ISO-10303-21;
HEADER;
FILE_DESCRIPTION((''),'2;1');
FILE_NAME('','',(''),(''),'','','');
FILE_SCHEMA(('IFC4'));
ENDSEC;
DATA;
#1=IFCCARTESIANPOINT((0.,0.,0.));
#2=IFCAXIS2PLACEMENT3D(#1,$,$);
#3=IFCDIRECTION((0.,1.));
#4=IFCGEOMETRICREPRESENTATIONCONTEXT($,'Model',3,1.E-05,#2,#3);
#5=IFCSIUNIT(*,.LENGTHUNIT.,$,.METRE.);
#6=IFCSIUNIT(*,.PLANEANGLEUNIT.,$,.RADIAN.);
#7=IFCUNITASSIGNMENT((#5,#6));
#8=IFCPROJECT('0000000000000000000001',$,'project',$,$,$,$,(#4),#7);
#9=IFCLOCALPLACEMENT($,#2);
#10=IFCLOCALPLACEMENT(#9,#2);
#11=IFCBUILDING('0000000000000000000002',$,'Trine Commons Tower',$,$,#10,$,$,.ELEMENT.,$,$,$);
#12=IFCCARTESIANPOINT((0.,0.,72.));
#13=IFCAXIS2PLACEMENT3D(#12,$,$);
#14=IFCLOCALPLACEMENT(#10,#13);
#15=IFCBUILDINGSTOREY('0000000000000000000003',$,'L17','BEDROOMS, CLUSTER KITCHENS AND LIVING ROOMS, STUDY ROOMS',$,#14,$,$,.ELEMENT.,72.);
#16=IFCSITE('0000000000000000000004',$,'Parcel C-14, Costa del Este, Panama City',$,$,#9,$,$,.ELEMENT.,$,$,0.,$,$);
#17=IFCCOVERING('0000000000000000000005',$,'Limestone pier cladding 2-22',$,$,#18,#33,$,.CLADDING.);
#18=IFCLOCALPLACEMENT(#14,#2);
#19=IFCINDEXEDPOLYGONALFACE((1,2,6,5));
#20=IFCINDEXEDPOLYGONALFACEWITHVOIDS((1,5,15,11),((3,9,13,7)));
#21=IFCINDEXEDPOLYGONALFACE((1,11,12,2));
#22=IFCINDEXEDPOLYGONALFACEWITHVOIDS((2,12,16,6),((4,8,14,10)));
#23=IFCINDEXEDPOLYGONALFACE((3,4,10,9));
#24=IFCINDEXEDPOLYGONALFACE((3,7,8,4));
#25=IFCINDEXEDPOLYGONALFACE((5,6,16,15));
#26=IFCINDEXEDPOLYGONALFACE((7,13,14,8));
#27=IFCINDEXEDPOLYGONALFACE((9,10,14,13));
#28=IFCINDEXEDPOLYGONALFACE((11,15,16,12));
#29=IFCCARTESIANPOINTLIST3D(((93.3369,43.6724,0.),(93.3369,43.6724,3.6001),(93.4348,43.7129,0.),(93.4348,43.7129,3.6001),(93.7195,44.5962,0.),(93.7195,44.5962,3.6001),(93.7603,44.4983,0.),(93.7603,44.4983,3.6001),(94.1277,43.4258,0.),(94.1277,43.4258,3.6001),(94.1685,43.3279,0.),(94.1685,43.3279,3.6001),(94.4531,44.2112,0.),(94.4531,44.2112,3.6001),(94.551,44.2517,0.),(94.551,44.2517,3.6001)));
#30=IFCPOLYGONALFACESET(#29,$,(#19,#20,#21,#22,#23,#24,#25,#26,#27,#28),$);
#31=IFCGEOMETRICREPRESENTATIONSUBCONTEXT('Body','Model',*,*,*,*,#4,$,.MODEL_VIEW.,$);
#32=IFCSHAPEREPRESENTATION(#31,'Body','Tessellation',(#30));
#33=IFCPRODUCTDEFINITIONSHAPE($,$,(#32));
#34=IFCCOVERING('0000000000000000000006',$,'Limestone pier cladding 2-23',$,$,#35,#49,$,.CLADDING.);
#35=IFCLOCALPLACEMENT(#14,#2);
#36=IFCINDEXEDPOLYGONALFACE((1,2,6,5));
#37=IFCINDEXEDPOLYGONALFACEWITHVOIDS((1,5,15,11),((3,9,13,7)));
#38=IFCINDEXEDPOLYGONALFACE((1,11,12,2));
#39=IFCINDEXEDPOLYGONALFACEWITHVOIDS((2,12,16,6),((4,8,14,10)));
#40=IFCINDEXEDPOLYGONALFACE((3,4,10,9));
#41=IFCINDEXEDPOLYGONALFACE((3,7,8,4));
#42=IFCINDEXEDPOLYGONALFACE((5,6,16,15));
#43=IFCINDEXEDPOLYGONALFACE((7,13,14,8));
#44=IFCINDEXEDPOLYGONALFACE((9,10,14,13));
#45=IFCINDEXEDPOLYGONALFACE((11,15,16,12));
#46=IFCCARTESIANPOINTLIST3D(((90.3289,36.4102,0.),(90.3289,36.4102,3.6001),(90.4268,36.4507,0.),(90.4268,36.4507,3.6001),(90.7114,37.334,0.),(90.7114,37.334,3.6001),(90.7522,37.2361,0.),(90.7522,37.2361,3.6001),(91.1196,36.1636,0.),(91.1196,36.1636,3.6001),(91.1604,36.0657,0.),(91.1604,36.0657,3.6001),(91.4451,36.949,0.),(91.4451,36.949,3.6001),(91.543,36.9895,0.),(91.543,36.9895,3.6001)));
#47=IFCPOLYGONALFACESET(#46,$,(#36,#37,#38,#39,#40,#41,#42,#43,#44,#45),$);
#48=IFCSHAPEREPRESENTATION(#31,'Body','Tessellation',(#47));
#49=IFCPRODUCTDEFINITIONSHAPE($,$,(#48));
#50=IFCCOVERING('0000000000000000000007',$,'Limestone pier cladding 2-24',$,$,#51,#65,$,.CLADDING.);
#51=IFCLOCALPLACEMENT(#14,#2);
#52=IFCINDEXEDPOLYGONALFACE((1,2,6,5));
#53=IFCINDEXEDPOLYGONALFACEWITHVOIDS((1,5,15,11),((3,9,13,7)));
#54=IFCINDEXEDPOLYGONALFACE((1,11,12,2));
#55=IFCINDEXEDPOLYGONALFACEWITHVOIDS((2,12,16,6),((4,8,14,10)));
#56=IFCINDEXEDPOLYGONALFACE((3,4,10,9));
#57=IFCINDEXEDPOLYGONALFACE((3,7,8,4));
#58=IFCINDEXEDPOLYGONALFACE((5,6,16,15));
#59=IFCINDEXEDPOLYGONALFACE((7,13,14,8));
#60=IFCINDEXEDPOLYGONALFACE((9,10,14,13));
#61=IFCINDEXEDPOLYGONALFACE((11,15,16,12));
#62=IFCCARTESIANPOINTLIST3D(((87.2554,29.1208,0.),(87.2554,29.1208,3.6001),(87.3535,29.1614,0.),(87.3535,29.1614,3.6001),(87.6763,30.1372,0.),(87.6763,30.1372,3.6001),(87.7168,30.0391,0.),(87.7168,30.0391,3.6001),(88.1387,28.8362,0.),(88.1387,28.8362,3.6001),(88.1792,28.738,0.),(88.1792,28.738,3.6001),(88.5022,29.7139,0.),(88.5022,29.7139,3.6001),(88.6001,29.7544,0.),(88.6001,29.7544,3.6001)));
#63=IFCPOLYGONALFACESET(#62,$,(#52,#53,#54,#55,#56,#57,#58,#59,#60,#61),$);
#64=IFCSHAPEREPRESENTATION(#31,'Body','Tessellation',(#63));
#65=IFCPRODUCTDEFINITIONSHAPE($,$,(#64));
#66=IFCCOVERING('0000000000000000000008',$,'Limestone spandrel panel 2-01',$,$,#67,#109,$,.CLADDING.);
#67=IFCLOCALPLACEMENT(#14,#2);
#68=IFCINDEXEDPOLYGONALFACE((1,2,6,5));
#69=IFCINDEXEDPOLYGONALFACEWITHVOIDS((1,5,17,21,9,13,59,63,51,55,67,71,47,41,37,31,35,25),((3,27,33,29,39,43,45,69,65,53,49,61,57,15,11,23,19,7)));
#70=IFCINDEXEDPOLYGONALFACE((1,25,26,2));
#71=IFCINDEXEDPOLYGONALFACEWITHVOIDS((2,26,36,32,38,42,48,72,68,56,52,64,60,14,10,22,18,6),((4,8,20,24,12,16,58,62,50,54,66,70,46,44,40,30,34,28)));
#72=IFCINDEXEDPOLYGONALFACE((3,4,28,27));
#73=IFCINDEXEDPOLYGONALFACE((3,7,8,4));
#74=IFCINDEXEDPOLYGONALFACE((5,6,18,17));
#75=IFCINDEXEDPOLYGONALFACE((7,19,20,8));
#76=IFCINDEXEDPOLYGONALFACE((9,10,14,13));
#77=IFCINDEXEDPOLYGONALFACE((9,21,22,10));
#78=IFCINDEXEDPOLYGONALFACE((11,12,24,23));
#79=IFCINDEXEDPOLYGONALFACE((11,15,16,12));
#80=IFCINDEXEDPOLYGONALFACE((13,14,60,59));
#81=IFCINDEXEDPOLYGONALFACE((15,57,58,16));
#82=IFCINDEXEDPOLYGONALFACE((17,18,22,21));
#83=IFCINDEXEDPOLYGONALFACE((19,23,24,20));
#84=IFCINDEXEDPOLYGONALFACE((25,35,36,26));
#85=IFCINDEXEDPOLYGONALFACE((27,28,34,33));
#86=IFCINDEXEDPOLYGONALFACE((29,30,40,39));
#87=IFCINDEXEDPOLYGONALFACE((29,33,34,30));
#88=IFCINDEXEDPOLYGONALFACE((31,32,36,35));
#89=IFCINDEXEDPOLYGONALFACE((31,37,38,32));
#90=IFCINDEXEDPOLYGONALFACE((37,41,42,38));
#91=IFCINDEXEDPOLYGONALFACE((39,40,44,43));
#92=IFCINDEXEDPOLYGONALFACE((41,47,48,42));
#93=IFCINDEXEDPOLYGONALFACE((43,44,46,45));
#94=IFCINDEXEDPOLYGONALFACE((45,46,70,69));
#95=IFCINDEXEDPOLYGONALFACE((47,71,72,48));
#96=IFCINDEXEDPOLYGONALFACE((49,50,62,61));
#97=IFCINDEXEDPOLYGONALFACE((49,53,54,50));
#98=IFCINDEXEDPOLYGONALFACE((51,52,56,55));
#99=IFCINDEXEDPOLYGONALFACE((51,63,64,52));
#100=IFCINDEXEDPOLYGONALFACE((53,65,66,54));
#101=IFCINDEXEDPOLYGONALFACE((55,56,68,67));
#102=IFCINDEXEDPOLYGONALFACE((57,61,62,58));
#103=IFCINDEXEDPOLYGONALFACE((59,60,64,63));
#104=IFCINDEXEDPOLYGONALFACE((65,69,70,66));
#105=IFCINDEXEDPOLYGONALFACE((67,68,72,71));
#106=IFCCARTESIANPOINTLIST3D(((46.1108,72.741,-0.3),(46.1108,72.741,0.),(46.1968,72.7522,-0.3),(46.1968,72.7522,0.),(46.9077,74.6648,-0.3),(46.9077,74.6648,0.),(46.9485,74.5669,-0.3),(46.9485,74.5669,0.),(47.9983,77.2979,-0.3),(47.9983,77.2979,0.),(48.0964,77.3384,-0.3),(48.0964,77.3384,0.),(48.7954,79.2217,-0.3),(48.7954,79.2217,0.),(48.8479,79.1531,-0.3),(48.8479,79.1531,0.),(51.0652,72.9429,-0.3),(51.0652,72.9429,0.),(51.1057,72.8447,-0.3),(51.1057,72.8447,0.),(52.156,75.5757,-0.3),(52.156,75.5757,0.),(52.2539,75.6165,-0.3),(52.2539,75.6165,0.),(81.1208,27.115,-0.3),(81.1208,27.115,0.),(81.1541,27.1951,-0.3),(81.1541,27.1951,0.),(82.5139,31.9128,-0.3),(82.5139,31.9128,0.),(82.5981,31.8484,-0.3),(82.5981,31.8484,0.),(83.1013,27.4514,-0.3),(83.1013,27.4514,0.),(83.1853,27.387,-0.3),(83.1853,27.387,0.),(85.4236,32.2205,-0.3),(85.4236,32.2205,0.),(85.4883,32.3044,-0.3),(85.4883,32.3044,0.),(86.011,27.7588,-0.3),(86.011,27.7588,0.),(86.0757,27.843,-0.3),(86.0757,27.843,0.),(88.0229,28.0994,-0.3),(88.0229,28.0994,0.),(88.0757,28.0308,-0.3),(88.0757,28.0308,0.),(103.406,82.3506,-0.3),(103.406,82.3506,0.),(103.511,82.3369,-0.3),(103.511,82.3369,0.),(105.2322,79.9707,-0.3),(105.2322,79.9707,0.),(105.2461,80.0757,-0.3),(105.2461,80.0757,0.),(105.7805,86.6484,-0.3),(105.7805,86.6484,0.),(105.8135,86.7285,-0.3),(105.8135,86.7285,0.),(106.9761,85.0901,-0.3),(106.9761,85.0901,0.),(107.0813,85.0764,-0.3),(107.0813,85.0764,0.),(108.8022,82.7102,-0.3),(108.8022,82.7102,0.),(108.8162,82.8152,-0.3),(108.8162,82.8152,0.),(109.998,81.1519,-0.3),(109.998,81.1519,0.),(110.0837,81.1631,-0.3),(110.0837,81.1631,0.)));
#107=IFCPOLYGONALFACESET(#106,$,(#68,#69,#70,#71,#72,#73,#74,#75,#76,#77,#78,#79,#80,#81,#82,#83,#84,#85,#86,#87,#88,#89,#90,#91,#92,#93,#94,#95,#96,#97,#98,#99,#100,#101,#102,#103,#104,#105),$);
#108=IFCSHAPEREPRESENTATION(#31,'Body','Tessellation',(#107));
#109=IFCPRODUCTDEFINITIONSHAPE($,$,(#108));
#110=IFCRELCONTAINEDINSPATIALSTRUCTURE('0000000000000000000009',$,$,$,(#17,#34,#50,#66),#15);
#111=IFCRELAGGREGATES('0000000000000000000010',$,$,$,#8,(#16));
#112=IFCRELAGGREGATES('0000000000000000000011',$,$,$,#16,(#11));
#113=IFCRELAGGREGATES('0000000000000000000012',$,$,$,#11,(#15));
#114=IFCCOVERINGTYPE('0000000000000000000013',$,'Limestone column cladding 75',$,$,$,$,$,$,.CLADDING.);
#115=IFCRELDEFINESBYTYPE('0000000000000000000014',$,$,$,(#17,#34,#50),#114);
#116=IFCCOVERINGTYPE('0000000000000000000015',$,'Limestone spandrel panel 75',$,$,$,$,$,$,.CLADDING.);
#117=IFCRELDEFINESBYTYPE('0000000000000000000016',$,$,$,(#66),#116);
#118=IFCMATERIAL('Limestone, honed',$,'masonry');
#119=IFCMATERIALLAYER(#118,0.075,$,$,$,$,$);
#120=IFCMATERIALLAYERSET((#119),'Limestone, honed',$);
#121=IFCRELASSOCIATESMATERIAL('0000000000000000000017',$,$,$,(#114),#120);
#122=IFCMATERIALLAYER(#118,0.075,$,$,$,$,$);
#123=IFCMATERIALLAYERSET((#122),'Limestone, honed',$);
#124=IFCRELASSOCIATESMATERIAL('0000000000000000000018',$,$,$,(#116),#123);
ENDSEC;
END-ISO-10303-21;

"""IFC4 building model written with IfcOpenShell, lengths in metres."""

from ifc_helpers import new_model, si_unit, direction, frame, origin, place, context, subcontext, project, spatial, polyline, outline, extrude, material, layer, layer_set, type_object, element, save


model = new_model("IFC4")

# Units and contexts
model_context = context("Model", 3, precision=1e-05, world=origin(), true_north=direction((0.0, 1.0)))
body_context = subcontext(model_context, "Body", "Model", "MODEL_VIEW")
ifc_project = project(units=[si_unit("LENGTHUNIT", "METRE"), si_unit("PLANEANGLEUNIT", "RADIAN")], contexts=[model_context])

# Site, building, storey
site_placement = place(None, origin())
site = spatial("IfcSite", under=ifc_project, at=site_placement, Name="Parcel C-14, Costa del Este, Panama City", CompositionType="ELEMENT", RefElevation=0.0)
building_placement = place(site_placement, origin())
building = spatial("IfcBuilding", under=site, at=building_placement, Name="Trine Commons Tower", CompositionType="ELEMENT")
storey_placement = place(building_placement, frame((0.0, 0.0, 72.0)))
storey = spatial("IfcBuildingStorey", under=building, at=storey_placement, Name="L17", Description="BEDROOMS, CLUSTER KITCHENS AND LIVING ROOMS, STUDY ROOMS", CompositionType="ELEMENT", Elevation=72.0)

# Coverings
ifc_material_1 = material(Name="Limestone, honed", Category="masonry")
ifc_layer_1 = layer(ifc_material_1, 0.075)
ifc_layer_set_1 = layer_set([ifc_layer_1], Name="Limestone, honed")
covering_type_1 = type_object("IfcCoveringType", Name="Limestone column cladding 75", PredefinedType="CLADDING", material=ifc_layer_set_1)
covering_1_placement = place(storey_placement, origin())
element("IfcCovering", 1, at=covering_1_placement, inside=storey, type_object=covering_type_1, Name="Limestone pier cladding 2-22", PredefinedType="CLADDING", context=body_context, shape_type="SweptSolid", body=[
    extrude(outline(polyline([(94.551, 44.2517), (93.7195, 44.5962), (93.3369, 43.6724), (94.1685, 43.3279), (94.551, 44.2517)]), holes=[polyline([(94.4531, 44.2112), (93.7603, 44.4983), (93.4348, 43.7129), (94.1277, 43.4258), (94.4531, 44.2112)])]), origin(), (0.0, 0.0, 1.0), 3.6001),
])
covering_2_placement = place(storey_placement, origin())
element("IfcCovering", 2, at=covering_2_placement, inside=storey, type_object=covering_type_1, Name="Limestone pier cladding 2-23", PredefinedType="CLADDING", context=body_context, shape_type="SweptSolid", body=[
    extrude(outline(polyline([(91.543, 36.9895), (90.7114, 37.334), (90.3289, 36.4102), (91.1604, 36.0657), (91.543, 36.9895)]), holes=[polyline([(91.4451, 36.949), (90.7522, 37.2361), (90.4268, 36.4507), (91.1196, 36.1636), (91.4451, 36.949)])]), origin(), (0.0, 0.0, 1.0), 3.6001),
])
covering_3_placement = place(storey_placement, origin())
element("IfcCovering", 3, at=covering_3_placement, inside=storey, type_object=covering_type_1, Name="Limestone pier cladding 2-24", PredefinedType="CLADDING", context=body_context, shape_type="SweptSolid", body=[
    extrude(outline(polyline([(88.6001, 29.7544), (87.6763, 30.1372), (87.2554, 29.1208), (88.1792, 28.738), (88.6001, 29.7544)]), holes=[polyline([(88.5022, 29.7139), (87.7168, 30.0391), (87.3535, 29.1614), (88.1387, 28.8362), (88.5022, 29.7139)])]), origin(), (0.0, 0.0, 1.0), 3.6001),
])
ifc_layer_2 = layer(ifc_material_1, 0.075)
ifc_layer_set_2 = layer_set([ifc_layer_2], Name="Limestone, honed")
covering_type_2 = type_object("IfcCoveringType", Name="Limestone spandrel panel 75", PredefinedType="CLADDING", material=ifc_layer_set_2)
covering_4_placement = place(storey_placement, frame((0.0, 0.0, -0.3)))
element("IfcCovering", 4, at=covering_4_placement, inside=storey, type_object=covering_type_2, Name="Limestone spandrel panel 2-01", PredefinedType="CLADDING", context=body_context, shape_type="SweptSolid", body=[
    extrude(outline(polyline([(85.4236, 32.2205), (86.011, 27.7588), (88.0757, 28.0308), (110.0837, 81.1631), (108.8162, 82.8152), (105.2461, 80.0757), (103.511, 82.3369), (107.0813, 85.0764), (105.8135, 86.7285), (48.7954, 79.2217), (47.9983, 77.2979), (52.156, 75.5757), (51.0652, 72.9429), (46.9077, 74.6648), (46.1108, 72.741), (81.1208, 27.115), (83.1853, 27.387), (82.5981, 31.8484), (85.4236, 32.2205)]), holes=[polyline([(108.8022, 82.7102), (109.998, 81.1519), (88.0229, 28.0994), (86.0757, 27.843), (85.4883, 32.3044), (82.5139, 31.9128), (83.1013, 27.4514), (81.1541, 27.1951), (46.1968, 72.7522), (46.9485, 74.5669), (51.1057, 72.8447), (52.2539, 75.6165), (48.0964, 77.3384), (48.8479, 79.1531), (105.7805, 86.6484), (106.9761, 85.0901), (103.406, 82.3506), (105.2322, 79.9707), (108.8022, 82.7102)])]), origin(), (0.0, 0.0, 1.0), 0.3),
])

save(model, "model.ifc")
